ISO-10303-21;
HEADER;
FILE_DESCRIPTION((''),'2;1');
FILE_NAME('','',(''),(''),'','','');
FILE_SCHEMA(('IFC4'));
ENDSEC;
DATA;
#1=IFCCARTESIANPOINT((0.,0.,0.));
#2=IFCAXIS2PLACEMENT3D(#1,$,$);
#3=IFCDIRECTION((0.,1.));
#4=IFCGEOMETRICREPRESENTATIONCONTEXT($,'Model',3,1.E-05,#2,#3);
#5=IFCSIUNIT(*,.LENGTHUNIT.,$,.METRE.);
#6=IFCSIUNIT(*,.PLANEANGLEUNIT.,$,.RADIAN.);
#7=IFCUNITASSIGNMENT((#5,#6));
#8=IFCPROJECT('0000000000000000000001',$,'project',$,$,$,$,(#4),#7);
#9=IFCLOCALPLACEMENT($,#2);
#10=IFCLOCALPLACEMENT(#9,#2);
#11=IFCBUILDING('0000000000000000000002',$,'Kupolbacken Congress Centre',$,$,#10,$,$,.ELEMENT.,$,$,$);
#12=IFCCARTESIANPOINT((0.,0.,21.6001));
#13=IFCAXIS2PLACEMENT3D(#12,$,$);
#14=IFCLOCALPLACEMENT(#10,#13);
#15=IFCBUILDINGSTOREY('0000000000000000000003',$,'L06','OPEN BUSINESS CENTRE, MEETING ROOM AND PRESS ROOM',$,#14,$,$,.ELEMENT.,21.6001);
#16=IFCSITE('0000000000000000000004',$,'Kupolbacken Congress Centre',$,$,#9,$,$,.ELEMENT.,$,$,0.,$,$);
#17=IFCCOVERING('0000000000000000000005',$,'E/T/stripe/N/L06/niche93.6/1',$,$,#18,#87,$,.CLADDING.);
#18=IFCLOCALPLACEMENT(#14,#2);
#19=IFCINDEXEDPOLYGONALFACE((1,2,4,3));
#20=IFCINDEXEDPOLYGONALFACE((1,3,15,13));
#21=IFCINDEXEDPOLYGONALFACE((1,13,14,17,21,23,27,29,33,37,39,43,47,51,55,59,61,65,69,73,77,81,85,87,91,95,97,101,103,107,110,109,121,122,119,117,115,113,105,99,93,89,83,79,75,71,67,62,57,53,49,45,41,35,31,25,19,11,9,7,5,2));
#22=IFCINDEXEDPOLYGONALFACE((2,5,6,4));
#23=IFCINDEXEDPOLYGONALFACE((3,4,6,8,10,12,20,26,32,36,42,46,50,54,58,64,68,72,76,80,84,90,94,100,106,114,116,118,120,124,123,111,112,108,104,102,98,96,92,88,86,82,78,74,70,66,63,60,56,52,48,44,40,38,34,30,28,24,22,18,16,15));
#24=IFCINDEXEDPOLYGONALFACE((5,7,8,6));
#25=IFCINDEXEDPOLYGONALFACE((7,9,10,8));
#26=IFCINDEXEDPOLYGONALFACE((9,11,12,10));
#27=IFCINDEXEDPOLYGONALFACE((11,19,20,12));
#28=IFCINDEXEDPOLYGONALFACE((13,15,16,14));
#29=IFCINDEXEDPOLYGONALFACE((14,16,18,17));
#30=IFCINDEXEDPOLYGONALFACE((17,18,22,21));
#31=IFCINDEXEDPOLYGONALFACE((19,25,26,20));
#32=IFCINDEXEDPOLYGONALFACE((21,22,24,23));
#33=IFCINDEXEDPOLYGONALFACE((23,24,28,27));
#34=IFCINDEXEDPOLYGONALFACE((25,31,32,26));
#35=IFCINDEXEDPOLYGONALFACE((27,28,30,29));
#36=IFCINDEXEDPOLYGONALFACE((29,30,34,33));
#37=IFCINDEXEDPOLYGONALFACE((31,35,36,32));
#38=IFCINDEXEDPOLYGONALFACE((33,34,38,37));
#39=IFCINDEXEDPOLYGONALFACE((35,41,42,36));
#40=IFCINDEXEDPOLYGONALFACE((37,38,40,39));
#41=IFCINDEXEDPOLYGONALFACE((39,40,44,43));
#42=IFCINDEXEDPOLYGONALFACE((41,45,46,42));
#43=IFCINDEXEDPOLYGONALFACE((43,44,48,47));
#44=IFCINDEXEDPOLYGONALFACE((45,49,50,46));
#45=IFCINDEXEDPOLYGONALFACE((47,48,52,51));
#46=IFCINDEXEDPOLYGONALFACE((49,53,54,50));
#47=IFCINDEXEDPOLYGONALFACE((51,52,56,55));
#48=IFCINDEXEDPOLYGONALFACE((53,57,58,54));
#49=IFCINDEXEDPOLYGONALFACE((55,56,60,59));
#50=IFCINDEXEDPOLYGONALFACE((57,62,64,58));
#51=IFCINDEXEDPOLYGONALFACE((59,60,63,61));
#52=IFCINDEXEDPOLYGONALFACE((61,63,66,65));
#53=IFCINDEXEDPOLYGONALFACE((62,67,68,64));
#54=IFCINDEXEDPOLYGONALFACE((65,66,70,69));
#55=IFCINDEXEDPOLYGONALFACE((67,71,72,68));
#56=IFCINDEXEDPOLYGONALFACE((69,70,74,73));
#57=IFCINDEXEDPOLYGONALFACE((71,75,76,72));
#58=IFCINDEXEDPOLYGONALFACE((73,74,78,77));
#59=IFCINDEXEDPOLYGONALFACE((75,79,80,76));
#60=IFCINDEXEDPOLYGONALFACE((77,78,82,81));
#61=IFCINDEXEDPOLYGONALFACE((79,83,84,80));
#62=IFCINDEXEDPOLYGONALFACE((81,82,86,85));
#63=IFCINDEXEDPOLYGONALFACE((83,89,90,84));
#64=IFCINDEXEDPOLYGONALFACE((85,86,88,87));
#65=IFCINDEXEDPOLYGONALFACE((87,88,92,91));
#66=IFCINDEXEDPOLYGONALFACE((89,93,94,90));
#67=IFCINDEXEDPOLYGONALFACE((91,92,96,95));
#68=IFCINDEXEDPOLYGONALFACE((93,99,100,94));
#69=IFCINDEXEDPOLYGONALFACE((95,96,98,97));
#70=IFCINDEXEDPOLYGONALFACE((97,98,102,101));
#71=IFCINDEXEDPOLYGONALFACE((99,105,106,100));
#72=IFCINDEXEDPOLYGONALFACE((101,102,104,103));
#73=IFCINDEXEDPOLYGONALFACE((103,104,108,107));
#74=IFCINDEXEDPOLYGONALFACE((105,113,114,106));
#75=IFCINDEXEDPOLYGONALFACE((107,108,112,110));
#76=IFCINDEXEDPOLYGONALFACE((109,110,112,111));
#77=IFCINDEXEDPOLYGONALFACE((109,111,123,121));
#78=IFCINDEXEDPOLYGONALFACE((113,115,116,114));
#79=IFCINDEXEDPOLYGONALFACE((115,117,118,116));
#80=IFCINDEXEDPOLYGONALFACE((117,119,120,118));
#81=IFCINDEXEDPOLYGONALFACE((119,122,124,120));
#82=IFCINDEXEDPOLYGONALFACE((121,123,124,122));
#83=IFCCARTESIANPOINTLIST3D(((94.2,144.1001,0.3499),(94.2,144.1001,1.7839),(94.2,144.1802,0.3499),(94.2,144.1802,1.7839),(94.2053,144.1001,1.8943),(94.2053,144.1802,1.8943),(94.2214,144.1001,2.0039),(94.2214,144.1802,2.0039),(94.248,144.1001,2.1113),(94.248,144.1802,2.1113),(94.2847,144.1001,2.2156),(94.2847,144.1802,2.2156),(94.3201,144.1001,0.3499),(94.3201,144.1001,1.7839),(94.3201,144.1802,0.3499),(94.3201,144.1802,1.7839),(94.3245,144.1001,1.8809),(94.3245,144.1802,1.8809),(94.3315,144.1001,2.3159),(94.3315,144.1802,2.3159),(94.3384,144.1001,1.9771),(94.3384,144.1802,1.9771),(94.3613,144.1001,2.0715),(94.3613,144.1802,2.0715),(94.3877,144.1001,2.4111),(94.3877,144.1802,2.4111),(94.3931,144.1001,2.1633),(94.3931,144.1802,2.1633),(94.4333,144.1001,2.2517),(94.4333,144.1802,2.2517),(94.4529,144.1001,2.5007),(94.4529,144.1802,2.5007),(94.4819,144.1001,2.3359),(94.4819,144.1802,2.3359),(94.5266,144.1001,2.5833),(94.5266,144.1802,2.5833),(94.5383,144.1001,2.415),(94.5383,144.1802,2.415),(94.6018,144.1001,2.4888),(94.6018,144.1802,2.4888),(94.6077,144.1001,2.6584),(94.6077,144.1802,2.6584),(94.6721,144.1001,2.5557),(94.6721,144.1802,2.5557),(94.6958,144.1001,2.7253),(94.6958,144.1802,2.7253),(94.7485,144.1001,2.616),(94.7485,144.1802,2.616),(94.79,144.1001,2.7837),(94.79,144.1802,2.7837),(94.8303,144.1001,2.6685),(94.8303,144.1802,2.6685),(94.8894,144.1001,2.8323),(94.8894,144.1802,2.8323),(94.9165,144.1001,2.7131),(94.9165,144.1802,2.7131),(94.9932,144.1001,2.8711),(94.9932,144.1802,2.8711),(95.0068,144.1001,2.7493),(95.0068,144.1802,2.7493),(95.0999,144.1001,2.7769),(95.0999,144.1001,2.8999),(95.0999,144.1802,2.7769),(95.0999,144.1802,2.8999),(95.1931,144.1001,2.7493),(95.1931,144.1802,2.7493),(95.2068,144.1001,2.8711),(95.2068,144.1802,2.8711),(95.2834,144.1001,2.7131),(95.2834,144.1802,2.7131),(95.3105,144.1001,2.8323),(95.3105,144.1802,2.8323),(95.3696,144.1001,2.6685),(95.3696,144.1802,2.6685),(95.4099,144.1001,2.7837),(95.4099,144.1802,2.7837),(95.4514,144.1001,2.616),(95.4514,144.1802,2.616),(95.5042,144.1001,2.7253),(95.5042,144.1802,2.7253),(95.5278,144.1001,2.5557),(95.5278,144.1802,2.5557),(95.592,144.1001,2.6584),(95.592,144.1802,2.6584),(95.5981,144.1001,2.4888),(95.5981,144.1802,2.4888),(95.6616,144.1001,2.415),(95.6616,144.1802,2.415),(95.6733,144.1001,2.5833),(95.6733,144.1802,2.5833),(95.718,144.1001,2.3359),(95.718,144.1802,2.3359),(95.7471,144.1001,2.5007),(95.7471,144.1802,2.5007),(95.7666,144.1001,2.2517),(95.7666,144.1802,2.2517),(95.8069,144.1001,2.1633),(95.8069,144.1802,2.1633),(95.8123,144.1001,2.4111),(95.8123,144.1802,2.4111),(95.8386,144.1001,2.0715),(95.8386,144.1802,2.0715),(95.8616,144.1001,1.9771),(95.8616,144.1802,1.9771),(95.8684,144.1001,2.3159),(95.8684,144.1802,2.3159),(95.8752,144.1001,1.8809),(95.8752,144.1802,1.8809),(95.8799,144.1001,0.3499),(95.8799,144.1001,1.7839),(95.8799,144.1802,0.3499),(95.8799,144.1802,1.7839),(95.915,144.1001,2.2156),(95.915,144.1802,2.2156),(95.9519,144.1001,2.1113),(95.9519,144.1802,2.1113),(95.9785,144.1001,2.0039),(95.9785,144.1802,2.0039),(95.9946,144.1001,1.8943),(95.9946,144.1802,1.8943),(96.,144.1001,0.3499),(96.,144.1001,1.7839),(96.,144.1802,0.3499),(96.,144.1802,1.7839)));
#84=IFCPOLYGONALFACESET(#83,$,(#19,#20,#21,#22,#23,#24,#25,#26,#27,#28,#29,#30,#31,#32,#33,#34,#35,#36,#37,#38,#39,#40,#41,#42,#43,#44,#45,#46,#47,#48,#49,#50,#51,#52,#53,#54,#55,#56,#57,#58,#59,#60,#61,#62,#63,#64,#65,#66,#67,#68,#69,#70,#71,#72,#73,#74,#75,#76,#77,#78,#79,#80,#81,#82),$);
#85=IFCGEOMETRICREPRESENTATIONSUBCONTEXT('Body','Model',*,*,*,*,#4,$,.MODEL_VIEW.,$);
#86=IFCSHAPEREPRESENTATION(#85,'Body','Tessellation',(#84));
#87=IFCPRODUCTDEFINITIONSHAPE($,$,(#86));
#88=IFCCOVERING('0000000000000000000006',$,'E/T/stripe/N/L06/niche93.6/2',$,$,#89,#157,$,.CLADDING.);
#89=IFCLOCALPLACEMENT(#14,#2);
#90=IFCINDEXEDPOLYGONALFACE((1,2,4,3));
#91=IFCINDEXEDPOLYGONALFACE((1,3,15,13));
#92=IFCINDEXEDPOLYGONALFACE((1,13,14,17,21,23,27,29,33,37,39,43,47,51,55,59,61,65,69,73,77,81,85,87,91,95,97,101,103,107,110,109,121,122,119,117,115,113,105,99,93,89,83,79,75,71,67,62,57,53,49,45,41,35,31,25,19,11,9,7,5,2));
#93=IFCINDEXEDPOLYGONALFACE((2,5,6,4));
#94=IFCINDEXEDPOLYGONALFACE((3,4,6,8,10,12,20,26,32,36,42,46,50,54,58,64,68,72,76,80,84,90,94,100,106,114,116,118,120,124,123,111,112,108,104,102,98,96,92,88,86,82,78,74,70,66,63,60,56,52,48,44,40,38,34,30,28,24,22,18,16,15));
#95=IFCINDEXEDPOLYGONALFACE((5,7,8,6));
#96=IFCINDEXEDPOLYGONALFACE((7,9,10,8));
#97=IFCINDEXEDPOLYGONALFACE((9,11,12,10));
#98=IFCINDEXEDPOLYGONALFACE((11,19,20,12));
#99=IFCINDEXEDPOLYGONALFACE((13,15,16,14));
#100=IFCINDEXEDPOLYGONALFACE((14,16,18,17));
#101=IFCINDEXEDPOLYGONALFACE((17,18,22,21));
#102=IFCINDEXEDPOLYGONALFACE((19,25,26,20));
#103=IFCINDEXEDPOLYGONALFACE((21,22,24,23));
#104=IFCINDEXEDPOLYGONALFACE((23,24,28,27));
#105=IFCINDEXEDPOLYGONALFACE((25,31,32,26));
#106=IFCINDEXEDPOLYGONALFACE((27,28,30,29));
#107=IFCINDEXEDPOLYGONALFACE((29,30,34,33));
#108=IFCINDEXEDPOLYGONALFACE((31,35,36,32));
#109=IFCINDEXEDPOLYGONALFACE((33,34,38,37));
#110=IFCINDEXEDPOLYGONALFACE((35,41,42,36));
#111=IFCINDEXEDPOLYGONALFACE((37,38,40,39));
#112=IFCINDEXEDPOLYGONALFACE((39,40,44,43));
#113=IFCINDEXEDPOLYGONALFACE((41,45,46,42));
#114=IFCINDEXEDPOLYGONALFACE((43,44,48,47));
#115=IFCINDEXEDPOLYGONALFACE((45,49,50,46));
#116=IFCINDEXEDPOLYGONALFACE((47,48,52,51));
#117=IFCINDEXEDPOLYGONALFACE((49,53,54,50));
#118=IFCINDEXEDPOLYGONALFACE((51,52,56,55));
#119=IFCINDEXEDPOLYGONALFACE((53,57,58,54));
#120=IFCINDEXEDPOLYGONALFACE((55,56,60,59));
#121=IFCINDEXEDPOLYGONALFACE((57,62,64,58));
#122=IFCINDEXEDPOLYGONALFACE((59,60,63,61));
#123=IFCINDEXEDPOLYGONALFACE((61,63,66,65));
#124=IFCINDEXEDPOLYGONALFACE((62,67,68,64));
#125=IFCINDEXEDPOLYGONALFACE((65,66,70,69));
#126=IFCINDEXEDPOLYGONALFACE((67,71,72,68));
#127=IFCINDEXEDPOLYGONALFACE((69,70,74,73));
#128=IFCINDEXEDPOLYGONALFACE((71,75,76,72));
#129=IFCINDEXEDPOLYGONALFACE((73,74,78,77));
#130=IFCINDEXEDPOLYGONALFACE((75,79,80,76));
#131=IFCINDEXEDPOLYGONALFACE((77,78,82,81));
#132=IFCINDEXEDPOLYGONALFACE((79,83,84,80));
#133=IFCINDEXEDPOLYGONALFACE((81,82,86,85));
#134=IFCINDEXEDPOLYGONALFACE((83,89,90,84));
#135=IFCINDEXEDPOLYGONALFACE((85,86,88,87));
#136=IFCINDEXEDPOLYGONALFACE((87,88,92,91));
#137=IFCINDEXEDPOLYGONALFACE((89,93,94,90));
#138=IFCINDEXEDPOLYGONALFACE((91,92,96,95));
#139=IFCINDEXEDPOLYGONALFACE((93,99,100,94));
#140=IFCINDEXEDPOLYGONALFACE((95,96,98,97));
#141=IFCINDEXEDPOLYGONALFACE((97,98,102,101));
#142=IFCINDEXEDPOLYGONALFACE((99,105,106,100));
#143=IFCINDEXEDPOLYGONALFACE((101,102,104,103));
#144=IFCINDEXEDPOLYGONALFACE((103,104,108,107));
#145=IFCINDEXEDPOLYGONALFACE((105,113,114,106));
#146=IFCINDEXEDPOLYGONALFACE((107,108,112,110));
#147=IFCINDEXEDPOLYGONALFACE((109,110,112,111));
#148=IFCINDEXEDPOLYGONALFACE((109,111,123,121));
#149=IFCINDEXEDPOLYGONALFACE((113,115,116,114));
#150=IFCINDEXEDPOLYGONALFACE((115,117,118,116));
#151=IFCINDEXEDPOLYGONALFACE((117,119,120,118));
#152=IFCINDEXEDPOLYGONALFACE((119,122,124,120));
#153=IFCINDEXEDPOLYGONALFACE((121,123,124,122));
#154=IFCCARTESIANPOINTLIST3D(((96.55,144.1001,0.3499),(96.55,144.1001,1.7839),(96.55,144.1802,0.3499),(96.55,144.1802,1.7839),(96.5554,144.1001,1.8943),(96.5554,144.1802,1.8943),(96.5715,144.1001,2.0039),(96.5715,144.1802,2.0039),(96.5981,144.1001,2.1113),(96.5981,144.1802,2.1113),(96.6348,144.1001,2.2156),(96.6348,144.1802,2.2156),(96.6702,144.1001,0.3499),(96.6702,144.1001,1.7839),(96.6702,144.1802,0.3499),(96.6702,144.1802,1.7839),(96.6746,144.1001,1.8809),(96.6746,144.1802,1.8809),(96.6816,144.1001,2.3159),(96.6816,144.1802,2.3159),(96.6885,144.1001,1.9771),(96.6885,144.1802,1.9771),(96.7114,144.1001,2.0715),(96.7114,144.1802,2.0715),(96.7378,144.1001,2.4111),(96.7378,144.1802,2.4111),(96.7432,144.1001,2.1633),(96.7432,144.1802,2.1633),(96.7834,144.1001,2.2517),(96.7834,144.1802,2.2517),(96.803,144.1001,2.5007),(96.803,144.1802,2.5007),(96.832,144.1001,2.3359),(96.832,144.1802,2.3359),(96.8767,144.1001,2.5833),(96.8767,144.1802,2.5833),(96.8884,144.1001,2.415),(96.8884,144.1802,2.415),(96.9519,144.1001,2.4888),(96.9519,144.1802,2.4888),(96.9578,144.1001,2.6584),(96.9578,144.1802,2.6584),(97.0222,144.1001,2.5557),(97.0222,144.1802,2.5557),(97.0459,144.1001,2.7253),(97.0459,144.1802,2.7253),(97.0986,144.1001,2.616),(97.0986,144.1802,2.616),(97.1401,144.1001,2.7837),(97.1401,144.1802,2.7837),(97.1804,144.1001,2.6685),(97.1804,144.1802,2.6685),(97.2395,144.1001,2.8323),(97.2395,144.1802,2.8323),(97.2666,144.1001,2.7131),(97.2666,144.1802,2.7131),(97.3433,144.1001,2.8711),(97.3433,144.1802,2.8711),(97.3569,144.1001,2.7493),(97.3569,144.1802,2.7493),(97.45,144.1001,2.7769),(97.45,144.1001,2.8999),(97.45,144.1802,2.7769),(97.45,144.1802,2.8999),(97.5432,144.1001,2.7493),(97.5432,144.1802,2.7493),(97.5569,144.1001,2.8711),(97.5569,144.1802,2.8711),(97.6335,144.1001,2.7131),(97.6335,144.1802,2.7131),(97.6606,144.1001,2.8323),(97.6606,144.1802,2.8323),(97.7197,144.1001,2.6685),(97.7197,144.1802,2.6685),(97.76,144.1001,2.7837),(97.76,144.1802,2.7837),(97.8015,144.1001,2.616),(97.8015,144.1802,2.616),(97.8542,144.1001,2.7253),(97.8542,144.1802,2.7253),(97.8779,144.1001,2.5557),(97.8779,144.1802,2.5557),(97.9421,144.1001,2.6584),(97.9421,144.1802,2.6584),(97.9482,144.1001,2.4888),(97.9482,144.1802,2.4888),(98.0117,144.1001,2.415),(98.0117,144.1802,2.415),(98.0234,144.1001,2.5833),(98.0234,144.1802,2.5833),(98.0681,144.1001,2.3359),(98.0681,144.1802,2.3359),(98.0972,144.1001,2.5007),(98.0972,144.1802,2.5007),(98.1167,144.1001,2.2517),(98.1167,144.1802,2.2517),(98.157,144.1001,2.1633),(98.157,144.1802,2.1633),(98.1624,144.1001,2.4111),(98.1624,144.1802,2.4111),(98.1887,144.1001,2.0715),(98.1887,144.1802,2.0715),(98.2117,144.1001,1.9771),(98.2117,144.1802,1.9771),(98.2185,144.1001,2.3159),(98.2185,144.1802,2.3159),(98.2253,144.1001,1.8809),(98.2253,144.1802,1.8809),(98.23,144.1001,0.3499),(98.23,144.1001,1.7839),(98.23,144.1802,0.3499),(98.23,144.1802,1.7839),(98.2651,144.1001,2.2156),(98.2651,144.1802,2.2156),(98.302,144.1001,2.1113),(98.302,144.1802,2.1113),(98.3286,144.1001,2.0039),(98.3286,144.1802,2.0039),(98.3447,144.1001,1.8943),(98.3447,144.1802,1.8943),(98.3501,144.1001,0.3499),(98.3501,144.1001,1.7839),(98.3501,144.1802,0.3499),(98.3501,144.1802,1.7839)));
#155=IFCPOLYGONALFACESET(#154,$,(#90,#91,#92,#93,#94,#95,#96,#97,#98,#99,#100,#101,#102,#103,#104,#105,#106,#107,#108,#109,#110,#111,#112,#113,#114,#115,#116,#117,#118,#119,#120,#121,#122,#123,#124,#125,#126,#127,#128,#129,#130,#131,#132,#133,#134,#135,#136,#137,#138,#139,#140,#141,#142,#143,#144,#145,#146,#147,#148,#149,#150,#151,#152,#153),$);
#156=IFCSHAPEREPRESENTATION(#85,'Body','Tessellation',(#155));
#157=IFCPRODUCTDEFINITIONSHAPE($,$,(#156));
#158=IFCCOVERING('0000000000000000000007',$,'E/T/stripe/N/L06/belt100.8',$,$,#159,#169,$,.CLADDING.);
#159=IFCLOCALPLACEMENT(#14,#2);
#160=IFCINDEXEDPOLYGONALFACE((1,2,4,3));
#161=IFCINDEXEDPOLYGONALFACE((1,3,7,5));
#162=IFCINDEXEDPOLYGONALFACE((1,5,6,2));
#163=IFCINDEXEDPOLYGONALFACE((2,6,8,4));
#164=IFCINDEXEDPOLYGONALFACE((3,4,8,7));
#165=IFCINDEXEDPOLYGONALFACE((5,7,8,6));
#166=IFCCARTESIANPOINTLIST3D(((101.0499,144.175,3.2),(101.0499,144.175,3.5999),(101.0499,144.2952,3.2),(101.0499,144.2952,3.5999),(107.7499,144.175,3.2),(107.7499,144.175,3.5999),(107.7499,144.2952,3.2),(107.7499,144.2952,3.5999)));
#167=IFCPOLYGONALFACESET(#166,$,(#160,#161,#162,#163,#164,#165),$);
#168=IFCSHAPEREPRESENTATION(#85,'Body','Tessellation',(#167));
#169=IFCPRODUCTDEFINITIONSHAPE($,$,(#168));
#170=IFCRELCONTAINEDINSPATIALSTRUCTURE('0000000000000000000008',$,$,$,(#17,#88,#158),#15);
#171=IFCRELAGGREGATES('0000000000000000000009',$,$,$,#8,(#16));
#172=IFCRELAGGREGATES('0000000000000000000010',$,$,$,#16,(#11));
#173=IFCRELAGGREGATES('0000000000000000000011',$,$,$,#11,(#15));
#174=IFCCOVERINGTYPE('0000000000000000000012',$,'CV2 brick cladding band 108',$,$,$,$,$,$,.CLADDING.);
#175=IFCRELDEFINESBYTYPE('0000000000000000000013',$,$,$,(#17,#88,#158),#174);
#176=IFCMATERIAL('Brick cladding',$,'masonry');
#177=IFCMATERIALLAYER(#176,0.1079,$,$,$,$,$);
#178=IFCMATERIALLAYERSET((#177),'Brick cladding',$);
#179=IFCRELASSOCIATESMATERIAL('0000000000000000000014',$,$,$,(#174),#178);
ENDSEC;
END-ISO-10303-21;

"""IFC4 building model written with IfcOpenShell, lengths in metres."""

from ifc_helpers import new_model, si_unit, direction, frame, origin, origin_2d, place, context, subcontext, project, spatial, polyline, rectangle, outline, extrude, material, layer, layer_set, type_object, element, save


model = new_model("IFC4")

# Units and contexts
model_context = context("Model", 3, precision=1e-05, world=origin(), true_north=direction((0.0, 1.0)))
body_context = subcontext(model_context, "Body", "Model", "MODEL_VIEW")
ifc_project = project(units=[si_unit("LENGTHUNIT", "METRE"), si_unit("PLANEANGLEUNIT", "RADIAN")], contexts=[model_context])

# Site, building, storey
site_placement = place(None, origin())
site = spatial("IfcSite", under=ifc_project, at=site_placement, Name="Kupolbacken Congress Centre", CompositionType="ELEMENT", RefElevation=0.0)
building_placement = place(site_placement, origin())
building = spatial("IfcBuilding", under=site, at=building_placement, Name="Kupolbacken Congress Centre", CompositionType="ELEMENT")
storey_placement = place(building_placement, frame((0.0, 0.0, 21.6001)))
storey = spatial("IfcBuildingStorey", under=building, at=storey_placement, Name="L06", Description="OPEN BUSINESS CENTRE, MEETING ROOM AND PRESS ROOM", CompositionType="ELEMENT", Elevation=21.6001)

# Coverings
ifc_material_1 = material(Name="Brick cladding", Category="masonry")
ifc_layer_1 = layer(ifc_material_1, 0.1079)
ifc_layer_set_1 = layer_set([ifc_layer_1], Name="Brick cladding")
covering_type = type_object("IfcCoveringType", Name="CV2 brick cladding band 108", PredefinedType="CLADDING", material=ifc_layer_set_1)
covering_1_placement = place(storey_placement, frame((94.2, 144.1001, 0.3499), z_axis=(0.0, 1.0, 0.0), x_axis=(-1.0, 0.0, 0.0)))
element("IfcCovering", 1, at=covering_1_placement, inside=storey, type_object=covering_type, Name="E/T/stripe/N/L06/niche93.6/1", PredefinedType="CLADDING", context=body_context, shape_type="SweptSolid", body=[
    extrude(outline(polyline([(0.0, 0.0), (0.0, 1.4341), (-0.0054, 1.5444), (-0.0215, 1.6541), (-0.0481, 1.7615), (-0.0847, 1.8657), (-0.1316, 1.9661), (-0.1877, 2.0613), (-0.2529, 2.1509), (-0.3267, 2.2334), (-0.4077, 2.3086), (-0.4958, 2.3755), (-0.5901, 2.4338), (-0.6895, 2.4824), (-0.7932, 2.5212), (-0.8999, 2.55), (-1.0068, 2.5212), (-1.1106, 2.4824), (-1.21, 2.4338), (-1.3042, 2.3755), (-1.3921, 2.3086), (-1.4734, 2.2334), (-1.5471, 2.1509), (-1.6123, 2.0613), (-1.6685, 1.9661), (-1.7151, 1.8657), (-1.752, 1.7615), (-1.7786, 1.6541), (-1.7947, 1.5444), (-1.8, 1.4341), (-1.8, 0.0), (-1.6799, 0.0), (-1.6799, 1.4341), (-1.6753, 1.531), (-1.6616, 1.6272), (-1.6387, 1.7217), (-1.6069, 1.8135), (-1.5667, 1.9019), (-1.5181, 1.9861), (-1.4617, 2.0652), (-1.3982, 2.1389), (-1.3279, 2.2058), (-1.2515, 2.2661), (-1.1697, 2.3186), (-1.0835, 2.3633), (-0.9932, 2.3994), (-0.8999, 2.427), (-0.8069, 2.3994), (-0.7166, 2.3633), (-0.6304, 2.3186), (-0.5486, 2.2661), (-0.4722, 2.2058), (-0.4019, 2.1389), (-0.3384, 2.0652), (-0.282, 1.9861), (-0.2334, 1.9019), (-0.1931, 1.8135), (-0.1614, 1.7217), (-0.1384, 1.6272), (-0.1245, 1.531), (-0.1201, 1.4341), (-0.1201, 0.0), (0.0, 0.0)])), origin(), (0.0, 0.0, 1.0), 0.0801),
])
covering_2_placement = place(storey_placement, frame((96.55, 144.1001, 0.3499), z_axis=(0.0, 1.0, 0.0), x_axis=(-1.0, 0.0, 0.0)))
element("IfcCovering", 2, at=covering_2_placement, inside=storey, type_object=covering_type, Name="E/T/stripe/N/L06/niche93.6/2", PredefinedType="CLADDING", context=body_context, shape_type="SweptSolid", body=[
    extrude(outline(polyline([(0.0, 0.0), (0.0, 1.4341), (-0.0054, 1.5444), (-0.0215, 1.6541), (-0.0481, 1.7615), (-0.0847, 1.8657), (-0.1316, 1.9661), (-0.1877, 2.0613), (-0.2529, 2.1509), (-0.3267, 2.2334), (-0.4077, 2.3086), (-0.4958, 2.3755), (-0.5901, 2.4338), (-0.6895, 2.4824), (-0.7932, 2.5212), (-0.8999, 2.55), (-1.0068, 2.5212), (-1.1106, 2.4824), (-1.21, 2.4338), (-1.3042, 2.3755), (-1.3921, 2.3086), (-1.4734, 2.2334), (-1.5471, 2.1509), (-1.6123, 2.0613), (-1.6685, 1.9661), (-1.7151, 1.8657), (-1.752, 1.7615), (-1.7786, 1.6541), (-1.7947, 1.5444), (-1.8, 1.4341), (-1.8, 0.0), (-1.6799, 0.0), (-1.6799, 1.4341), (-1.6753, 1.531), (-1.6616, 1.6272), (-1.6387, 1.7217), (-1.6069, 1.8135), (-1.5667, 1.9019), (-1.5181, 1.9861), (-1.4617, 2.0652), (-1.3982, 2.1389), (-1.3279, 2.2058), (-1.2515, 2.2661), (-1.1697, 2.3186), (-1.0835, 2.3633), (-0.9932, 2.3994), (-0.8999, 2.427), (-0.8069, 2.3994), (-0.7166, 2.3633), (-0.6304, 2.3186), (-0.5486, 2.2661), (-0.4722, 2.2058), (-0.4019, 2.1389), (-0.3384, 2.0652), (-0.282, 1.9861), (-0.2334, 1.9019), (-0.1931, 1.8135), (-0.1614, 1.7217), (-0.1384, 1.6272), (-0.1245, 1.531), (-0.1201, 1.4341), (-0.1201, 0.0), (0.0, 0.0)])), origin(), (0.0, 0.0, 1.0), 0.0801),
])
covering_3_placement = place(storey_placement, frame((104.3999, 144.2351, 3.2), z_axis=(0.0, 0.0, 1.0), x_axis=(1.0, 0.0, 0.0)))
element("IfcCovering", 3, at=covering_3_placement, inside=storey, type_object=covering_type, Name="E/T/stripe/N/L06/belt100.8", PredefinedType="CLADDING", context=body_context, shape_type="SweptSolid", body=[
    extrude(rectangle(XDim=6.7, YDim=0.1201, at=origin_2d()), origin(), (0.0, 0.0, 1.0), 0.3999),
])

save(model, "model.ifc")
